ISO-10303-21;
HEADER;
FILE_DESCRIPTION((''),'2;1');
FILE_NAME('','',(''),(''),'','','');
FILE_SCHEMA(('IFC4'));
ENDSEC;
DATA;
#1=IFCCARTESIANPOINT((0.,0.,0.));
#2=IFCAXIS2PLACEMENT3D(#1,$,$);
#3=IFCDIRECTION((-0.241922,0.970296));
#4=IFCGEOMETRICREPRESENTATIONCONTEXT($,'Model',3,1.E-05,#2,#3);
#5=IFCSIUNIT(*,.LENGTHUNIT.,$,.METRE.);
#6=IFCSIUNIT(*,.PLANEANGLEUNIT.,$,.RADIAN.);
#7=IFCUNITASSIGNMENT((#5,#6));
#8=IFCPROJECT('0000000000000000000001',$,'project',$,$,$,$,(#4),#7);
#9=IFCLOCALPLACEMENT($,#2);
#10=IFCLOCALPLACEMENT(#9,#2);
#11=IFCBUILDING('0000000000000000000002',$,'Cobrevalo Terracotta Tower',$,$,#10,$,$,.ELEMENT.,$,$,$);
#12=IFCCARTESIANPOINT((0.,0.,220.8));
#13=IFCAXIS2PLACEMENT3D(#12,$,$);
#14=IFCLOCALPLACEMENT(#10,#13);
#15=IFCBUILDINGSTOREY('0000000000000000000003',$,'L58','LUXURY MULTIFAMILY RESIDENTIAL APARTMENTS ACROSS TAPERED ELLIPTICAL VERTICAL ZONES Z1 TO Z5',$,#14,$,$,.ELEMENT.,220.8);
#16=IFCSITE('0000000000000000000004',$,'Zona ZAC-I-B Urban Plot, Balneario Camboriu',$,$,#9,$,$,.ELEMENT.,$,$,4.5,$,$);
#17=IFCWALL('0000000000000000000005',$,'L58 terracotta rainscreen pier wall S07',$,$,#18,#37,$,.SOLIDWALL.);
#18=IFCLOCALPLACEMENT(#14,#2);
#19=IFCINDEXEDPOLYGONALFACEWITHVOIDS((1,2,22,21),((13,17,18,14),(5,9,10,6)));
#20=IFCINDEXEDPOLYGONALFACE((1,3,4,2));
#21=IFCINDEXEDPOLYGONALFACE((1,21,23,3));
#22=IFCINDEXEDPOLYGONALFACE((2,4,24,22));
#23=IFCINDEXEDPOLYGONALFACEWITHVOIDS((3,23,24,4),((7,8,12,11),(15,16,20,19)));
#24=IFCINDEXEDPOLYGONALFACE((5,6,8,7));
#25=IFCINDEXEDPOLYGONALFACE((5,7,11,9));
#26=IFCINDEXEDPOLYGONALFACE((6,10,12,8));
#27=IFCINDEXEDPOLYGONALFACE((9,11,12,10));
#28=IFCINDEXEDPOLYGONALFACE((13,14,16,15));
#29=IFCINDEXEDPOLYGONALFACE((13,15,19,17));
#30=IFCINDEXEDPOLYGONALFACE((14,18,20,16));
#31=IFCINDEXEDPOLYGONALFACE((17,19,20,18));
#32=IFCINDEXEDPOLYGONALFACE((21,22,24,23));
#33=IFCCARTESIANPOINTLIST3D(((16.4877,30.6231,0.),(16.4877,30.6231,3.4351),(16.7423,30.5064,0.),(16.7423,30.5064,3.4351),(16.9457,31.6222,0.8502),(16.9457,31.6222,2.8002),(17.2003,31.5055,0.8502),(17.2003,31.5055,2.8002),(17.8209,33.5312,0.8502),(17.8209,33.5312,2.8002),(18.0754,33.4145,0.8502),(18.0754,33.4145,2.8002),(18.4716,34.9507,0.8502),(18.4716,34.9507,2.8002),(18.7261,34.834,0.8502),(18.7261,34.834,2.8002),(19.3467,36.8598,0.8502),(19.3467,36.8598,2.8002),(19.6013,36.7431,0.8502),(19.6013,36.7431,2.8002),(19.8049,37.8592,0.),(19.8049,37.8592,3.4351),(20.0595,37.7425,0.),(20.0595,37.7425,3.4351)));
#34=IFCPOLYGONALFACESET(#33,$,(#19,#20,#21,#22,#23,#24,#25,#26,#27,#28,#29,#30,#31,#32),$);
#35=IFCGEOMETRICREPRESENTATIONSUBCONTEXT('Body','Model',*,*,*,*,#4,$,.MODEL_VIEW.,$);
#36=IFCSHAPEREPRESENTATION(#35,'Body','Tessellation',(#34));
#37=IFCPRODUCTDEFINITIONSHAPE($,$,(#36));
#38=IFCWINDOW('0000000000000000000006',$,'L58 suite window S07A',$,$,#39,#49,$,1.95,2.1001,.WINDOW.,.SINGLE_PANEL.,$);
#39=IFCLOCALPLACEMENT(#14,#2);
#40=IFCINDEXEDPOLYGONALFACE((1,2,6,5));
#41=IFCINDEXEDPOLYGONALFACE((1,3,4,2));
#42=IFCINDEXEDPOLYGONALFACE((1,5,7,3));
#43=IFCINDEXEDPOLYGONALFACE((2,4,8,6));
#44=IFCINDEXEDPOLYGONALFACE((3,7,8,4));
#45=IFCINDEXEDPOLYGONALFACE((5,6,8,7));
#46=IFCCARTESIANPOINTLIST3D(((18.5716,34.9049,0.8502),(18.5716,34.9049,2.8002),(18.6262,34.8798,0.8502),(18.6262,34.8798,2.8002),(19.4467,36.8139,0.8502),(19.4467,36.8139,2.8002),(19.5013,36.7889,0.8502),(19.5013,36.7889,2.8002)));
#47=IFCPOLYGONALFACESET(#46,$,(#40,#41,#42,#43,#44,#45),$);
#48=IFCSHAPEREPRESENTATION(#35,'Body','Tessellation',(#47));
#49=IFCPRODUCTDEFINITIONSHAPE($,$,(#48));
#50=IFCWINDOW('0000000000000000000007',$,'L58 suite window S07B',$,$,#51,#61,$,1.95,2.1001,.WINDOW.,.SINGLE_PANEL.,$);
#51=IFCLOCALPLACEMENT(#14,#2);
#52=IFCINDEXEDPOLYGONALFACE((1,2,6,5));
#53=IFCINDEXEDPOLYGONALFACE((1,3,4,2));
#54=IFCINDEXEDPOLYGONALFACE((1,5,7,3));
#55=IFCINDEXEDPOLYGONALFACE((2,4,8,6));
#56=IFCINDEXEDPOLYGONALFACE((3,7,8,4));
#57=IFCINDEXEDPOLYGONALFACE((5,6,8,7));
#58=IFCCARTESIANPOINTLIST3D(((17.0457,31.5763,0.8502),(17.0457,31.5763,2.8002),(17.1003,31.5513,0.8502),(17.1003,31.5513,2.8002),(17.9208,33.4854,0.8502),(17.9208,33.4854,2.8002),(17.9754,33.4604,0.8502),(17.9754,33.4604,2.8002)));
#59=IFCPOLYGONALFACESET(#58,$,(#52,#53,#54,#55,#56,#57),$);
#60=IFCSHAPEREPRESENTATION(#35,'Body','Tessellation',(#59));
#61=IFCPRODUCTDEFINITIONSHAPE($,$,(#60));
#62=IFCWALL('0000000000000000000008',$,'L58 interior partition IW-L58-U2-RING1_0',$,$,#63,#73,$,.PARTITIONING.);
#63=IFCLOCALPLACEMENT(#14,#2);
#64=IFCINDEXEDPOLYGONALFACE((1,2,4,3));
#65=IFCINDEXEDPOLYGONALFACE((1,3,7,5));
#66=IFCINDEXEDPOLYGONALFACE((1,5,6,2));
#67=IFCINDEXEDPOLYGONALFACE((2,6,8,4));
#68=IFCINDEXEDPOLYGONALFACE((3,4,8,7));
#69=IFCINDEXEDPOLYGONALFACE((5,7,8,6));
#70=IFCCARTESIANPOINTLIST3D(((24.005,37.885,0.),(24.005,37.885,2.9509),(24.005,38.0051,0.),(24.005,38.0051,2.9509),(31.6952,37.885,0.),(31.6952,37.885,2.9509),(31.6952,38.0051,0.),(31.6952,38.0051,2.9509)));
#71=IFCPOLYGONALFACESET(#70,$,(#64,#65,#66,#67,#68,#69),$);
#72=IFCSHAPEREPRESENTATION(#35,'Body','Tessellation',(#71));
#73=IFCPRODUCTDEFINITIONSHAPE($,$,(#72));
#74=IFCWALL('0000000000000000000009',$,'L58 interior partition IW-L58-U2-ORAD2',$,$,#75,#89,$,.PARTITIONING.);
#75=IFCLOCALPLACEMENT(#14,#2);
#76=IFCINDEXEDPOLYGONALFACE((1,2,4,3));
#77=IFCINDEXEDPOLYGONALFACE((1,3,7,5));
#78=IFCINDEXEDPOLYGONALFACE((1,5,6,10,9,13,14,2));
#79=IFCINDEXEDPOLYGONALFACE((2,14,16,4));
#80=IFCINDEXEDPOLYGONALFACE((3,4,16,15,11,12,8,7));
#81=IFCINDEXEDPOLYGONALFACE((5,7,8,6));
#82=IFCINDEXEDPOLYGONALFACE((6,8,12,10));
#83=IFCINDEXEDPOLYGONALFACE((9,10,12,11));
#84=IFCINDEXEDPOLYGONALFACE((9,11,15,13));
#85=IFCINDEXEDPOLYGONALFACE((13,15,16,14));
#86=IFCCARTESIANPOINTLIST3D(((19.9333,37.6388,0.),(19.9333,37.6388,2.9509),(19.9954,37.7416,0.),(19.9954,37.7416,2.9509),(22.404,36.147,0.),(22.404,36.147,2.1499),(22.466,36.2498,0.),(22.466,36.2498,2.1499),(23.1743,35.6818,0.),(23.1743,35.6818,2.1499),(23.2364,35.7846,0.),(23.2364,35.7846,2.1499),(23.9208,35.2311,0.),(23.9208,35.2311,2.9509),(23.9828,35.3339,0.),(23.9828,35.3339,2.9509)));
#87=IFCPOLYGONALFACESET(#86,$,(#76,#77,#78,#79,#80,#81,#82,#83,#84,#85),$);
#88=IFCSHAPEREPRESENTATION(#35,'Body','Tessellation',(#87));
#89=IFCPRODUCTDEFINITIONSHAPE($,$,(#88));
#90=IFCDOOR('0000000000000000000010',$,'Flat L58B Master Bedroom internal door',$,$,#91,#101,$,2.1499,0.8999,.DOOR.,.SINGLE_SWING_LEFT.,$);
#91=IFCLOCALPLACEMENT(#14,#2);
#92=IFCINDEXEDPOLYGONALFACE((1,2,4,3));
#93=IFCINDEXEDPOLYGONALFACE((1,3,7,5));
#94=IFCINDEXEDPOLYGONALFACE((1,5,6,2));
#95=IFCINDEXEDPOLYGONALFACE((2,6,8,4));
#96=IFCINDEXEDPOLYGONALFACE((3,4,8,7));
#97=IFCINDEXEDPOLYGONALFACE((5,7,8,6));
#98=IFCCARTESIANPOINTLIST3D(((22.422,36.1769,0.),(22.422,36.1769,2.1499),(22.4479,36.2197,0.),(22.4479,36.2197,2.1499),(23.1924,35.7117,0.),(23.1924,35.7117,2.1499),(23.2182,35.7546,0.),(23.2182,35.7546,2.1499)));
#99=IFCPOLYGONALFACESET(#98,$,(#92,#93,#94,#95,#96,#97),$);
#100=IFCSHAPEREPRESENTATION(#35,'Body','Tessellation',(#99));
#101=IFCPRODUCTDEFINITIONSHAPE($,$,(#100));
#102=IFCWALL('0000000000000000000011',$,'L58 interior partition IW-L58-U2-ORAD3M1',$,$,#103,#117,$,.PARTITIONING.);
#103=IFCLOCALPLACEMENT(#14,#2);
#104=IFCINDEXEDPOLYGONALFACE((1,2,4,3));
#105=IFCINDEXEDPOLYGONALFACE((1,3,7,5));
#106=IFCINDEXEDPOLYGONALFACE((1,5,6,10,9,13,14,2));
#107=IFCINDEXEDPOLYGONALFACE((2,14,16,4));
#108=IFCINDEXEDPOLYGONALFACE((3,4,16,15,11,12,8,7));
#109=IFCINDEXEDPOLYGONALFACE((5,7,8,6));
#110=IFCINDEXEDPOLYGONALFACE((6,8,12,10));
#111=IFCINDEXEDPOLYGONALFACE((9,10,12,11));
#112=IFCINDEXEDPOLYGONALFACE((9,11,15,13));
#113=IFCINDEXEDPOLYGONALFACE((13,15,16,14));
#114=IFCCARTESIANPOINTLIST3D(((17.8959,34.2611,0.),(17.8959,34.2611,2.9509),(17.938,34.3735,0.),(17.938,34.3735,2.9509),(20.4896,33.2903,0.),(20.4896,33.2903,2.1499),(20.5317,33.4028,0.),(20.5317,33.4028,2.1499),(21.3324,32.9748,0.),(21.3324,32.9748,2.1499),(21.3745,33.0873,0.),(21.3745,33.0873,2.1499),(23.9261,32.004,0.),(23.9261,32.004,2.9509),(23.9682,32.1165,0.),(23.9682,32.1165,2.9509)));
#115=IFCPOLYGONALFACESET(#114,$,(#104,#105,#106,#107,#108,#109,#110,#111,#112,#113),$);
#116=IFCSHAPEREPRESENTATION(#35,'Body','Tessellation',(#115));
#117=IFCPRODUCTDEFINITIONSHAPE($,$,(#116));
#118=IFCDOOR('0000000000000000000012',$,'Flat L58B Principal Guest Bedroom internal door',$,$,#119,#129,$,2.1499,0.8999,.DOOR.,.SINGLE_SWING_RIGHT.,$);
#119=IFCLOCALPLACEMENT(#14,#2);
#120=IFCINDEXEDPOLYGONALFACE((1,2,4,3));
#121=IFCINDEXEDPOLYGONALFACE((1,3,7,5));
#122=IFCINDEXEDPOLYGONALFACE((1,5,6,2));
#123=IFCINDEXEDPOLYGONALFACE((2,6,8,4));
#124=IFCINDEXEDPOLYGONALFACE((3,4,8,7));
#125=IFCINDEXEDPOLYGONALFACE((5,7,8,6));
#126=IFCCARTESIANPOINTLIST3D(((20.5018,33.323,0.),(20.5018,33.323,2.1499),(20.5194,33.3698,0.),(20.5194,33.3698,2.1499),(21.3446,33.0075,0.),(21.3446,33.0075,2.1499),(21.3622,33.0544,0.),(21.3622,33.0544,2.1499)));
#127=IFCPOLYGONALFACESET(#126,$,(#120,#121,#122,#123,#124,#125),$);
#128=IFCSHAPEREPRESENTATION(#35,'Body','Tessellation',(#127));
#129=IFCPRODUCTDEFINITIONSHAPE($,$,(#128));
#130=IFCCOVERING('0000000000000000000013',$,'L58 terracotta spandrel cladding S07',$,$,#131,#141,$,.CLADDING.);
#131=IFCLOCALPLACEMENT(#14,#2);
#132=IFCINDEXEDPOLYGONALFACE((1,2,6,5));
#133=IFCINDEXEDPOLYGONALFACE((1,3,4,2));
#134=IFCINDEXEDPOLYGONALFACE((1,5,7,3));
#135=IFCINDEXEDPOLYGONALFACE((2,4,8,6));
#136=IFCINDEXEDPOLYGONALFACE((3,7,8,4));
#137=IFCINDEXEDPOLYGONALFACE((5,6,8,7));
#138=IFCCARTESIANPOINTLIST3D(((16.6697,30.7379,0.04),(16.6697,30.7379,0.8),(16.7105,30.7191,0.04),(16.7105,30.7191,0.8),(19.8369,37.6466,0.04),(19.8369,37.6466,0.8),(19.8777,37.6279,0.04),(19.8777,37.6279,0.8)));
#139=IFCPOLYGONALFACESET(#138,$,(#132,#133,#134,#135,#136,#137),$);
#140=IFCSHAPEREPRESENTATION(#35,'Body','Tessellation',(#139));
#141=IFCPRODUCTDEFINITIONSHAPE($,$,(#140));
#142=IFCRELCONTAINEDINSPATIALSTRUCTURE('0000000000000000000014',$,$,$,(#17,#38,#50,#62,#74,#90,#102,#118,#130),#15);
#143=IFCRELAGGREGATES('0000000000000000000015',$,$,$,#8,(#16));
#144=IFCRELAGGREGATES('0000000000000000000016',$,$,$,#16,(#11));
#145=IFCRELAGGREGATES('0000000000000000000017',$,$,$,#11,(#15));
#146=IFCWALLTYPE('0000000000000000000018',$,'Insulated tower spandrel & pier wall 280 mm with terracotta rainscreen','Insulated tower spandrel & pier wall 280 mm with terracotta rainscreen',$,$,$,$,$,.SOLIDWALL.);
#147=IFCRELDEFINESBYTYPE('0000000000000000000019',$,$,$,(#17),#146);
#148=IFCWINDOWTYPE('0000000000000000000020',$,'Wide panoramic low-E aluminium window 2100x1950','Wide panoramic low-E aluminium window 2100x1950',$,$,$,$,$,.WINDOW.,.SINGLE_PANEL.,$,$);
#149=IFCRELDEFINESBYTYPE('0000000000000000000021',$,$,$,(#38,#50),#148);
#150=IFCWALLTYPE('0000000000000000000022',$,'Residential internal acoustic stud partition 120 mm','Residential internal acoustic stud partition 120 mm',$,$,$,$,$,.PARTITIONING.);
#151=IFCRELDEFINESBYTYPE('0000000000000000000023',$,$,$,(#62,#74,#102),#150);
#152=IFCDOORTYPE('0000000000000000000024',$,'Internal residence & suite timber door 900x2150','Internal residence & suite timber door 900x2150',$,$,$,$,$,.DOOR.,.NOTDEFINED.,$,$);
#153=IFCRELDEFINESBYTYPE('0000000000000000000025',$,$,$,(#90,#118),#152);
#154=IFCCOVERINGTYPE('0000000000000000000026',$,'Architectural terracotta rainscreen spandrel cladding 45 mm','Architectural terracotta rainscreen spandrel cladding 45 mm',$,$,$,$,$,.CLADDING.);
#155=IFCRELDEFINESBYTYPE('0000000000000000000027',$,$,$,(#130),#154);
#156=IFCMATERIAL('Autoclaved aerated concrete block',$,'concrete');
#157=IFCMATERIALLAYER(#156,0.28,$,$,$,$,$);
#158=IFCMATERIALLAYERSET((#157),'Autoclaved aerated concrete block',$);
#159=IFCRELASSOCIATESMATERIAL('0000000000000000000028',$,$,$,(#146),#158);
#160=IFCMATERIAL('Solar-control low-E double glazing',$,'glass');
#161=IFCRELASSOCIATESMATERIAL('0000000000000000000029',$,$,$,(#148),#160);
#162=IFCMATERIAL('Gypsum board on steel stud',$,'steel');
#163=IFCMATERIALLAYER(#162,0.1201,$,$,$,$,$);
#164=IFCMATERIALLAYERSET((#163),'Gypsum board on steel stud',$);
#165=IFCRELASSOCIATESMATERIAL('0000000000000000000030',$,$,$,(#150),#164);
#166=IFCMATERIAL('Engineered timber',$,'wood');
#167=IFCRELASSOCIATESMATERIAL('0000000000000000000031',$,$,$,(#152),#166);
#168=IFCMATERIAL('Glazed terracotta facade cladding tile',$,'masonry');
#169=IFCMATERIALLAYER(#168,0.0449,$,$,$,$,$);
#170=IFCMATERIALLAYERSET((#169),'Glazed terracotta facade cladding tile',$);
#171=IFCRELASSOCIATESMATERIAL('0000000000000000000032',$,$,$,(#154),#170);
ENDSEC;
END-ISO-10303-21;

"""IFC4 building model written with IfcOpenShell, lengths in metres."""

from ifc_helpers import new_model, si_unit, direction, frame, frame_2d, origin, origin_2d, place, context, subcontext, project, spatial, rectangle, extrude, source, transform, mapped, material, layer, layer_set, type_object, element, fill, save


model = new_model("IFC4")

# Units and contexts
model_context = context("Model", 3, precision=1e-05, world=origin(), true_north=direction((-0.241922, 0.970296)))
body_context = subcontext(model_context, "Body", "Model", "MODEL_VIEW")
ifc_project = project(units=[si_unit("LENGTHUNIT", "METRE"), si_unit("PLANEANGLEUNIT", "RADIAN")], contexts=[model_context])

# Site, building, storey
site_placement = place(None, origin())
site = spatial("IfcSite", under=ifc_project, at=site_placement, Name="Zona ZAC-I-B Urban Plot, Balneario Camboriu", CompositionType="ELEMENT", RefElevation=4.5)
building_placement = place(site_placement, origin())
building = spatial("IfcBuilding", under=site, at=building_placement, Name="Cobrevalo Terracotta Tower", CompositionType="ELEMENT")
storey_placement = place(building_placement, frame((0.0, 0.0, 220.8)))
storey = spatial("IfcBuildingStorey", under=building, at=storey_placement, Name="L58", Description="LUXURY MULTIFAMILY RESIDENTIAL APARTMENTS ACROSS TAPERED ELLIPTICAL VERTICAL ZONES Z1 TO Z5", CompositionType="ELEMENT", Elevation=220.8)

# Shared definitions
ifc_material_1 = material(Name="Solar-control low-E double glazing", Category="glass")

# Wall, openings, windows
ifc_material_2 = material(Name="Autoclaved aerated concrete block", Category="concrete")
ifc_layer_1 = layer(ifc_material_2, 0.28)
ifc_layer_set_1 = layer_set([ifc_layer_1], Name="Autoclaved aerated concrete block")
wall_type_1 = type_object("IfcWallType", Name="Insulated tower spandrel & pier wall 280 mm with terracotta rainscreen", Description="Insulated tower spandrel & pier wall 280 mm with terracotta rainscreen", PredefinedType="SOLIDWALL", material=ifc_layer_set_1)
wall_1_placement = place(storey_placement, frame((19.9321, 37.8008, 0.0), z_axis=(0.0, 0.0, 1.0), x_axis=(-0.416717, -0.909036, 0.0)))
wall_1 = element("IfcWall", 1, at=wall_1_placement, inside=storey, type_object=wall_type_1, Name="L58 terracotta rainscreen pier wall S07", PredefinedType="SOLIDWALL", context=body_context, shape_type="SweptSolid", body=[
    extrude(rectangle(XDim=7.9602, YDim=0.28, at=frame_2d((3.98, 0.0))), origin(), (0.0, 0.0, 1.0), 3.4351),
])
opening_1_placement = place(wall_1_placement, frame((1.0994, 0.0, 0.8501)))
opening_1 = element("IfcOpeningElement", 2, at=opening_1_placement, cuts=wall_1, PredefinedType="OPENING", context=body_context, shape_type="SweptSolid", body=[
    extrude(rectangle(XDim=2.1001, YDim=1.95, at=frame_2d((1.05, 0.9751))), frame((0.0, 0.1499, 0.0), z_axis=(0.0, -1.0, 0.0), x_axis=(1.0, 0.0, 0.0)), (0.0, 0.0, 1.0), 0.3),
])
opening_2_placement = place(wall_1_placement, frame((4.761, 0.0, 0.8501)))
opening_2 = element("IfcOpeningElement", 3, at=opening_2_placement, cuts=wall_1, PredefinedType="OPENING", context=body_context, shape_type="SweptSolid", body=[
    extrude(rectangle(XDim=2.1001, YDim=1.95, at=frame_2d((1.05, 0.9751))), frame((0.0, 0.1499, 0.0), z_axis=(0.0, -1.0, 0.0), x_axis=(1.0, 0.0, 0.0)), (0.0, 0.0, 1.0), 0.3),
])
window_type = type_object("IfcWindowType", Name="Wide panoramic low-E aluminium window 2100x1950", Description="Wide panoramic low-E aluminium window 2100x1950", PartitioningType="SINGLE_PANEL", PredefinedType="WINDOW", material=ifc_material_1)
shared_shape_1 = source(origin(), body_context, "Body", "SweptSolid", [
    extrude(rectangle(XDim=2.1001, YDim=1.95, at=frame_2d((1.05, 0.9751))), frame((0.0, 0.03, 0.0), z_axis=(0.0, -1.0, 0.0), x_axis=(1.0, 0.0, 0.0)), (0.0, 0.0, 1.0), 0.0601),
])
window_1_placement = place(opening_1_placement, origin())
window_1 = element("IfcWindow", 4, at=window_1_placement, inside=storey, type_object=window_type, Name="L58 suite window S07A", OverallHeight=1.95, OverallWidth=2.1001, PartitioningType="SINGLE_PANEL", PredefinedType="WINDOW", context=body_context, shape_type="MappedRepresentation", body=[
    mapped(shared_shape_1, transform((0.0, 0.0, 0.0), scale=1.0)),
])
fill(opening_1, window_1)
window_2_placement = place(opening_2_placement, origin())
window_2 = element("IfcWindow", 5, at=window_2_placement, inside=storey, type_object=window_type, Name="L58 suite window S07B", OverallHeight=1.95, OverallWidth=2.1001, PartitioningType="SINGLE_PANEL", PredefinedType="WINDOW", context=body_context, shape_type="MappedRepresentation", body=[
    mapped(shared_shape_1, transform((0.0, 0.0, 0.0), scale=1.0)),
])
fill(opening_2, window_2)

# Wall
ifc_material_3 = material(Name="Gypsum board on steel stud", Category="steel")
ifc_layer_2 = layer(ifc_material_3, 0.1201)
ifc_layer_set_2 = layer_set([ifc_layer_2], Name="Gypsum board on steel stud")
wall_type_2 = type_object("IfcWallType", Name="Residential internal acoustic stud partition 120 mm", Description="Residential internal acoustic stud partition 120 mm", PredefinedType="PARTITIONING", material=ifc_layer_set_2)
wall_2_placement = place(storey_placement, frame((24.0049, 37.9451, 0.0), z_axis=(0.0, 0.0, 1.0), x_axis=(1.0, 0.0, 0.0)))
element("IfcWall", 6, at=wall_2_placement, inside=storey, type_object=wall_type_2, Name="L58 interior partition IW-L58-U2-RING1_0", PredefinedType="PARTITIONING", context=body_context, shape_type="SweptSolid", body=[
    extrude(rectangle(XDim=7.6902, YDim=0.1201, at=frame_2d((3.8452, 0.0))), origin(), (0.0, 0.0, 1.0), 2.9509),
])

# Walls, openings, doors
wall_3_placement = place(storey_placement, frame((23.9519, 35.2825, 0.0), z_axis=(0.0, 0.0, 1.0), x_axis=(-0.856051, 0.516891, 0.0)))
wall_3 = element("IfcWall", 7, at=wall_3_placement, inside=storey, type_object=wall_type_2, Name="L58 interior partition IW-L58-U2-ORAD2", PredefinedType="PARTITIONING", context=body_context, shape_type="SweptSolid", body=[
    extrude(rectangle(XDim=4.658, YDim=0.1201, at=frame_2d((2.3291, 0.0))), origin(), (0.0, 0.0, 1.0), 2.9509),
])
opening_3_placement = place(wall_3_placement, frame((0.8721, 0.0, 0.0)))
opening_3 = element("IfcOpeningElement", 8, at=opening_3_placement, cuts=wall_3, PredefinedType="OPENING", context=body_context, shape_type="SweptSolid", body=[
    extrude(rectangle(XDim=0.8999, YDim=2.1499, at=frame_2d((0.45, 1.075))), frame((0.0, 0.0701, 0.0), z_axis=(0.0, -1.0, 0.0), x_axis=(1.0, 0.0, 0.0)), (0.0, 0.0, 1.0), 0.1401),
])
ifc_material_4 = material(Name="Engineered timber", Category="wood")
door_type = type_object("IfcDoorType", Name="Internal residence & suite timber door 900x2150", Description="Internal residence & suite timber door 900x2150", OperationType="NOTDEFINED", PredefinedType="DOOR", material=ifc_material_4)
shared_shape_2 = source(origin(), body_context, "Body", "SweptSolid", [
    extrude(rectangle(XDim=0.8999, YDim=2.1499, at=frame_2d((0.45, 1.075))), frame((0.0, 0.0249, 0.0), z_axis=(0.0, -1.0, 0.0), x_axis=(1.0, 0.0, 0.0)), (0.0, 0.0, 1.0), 0.05),
])
door_1_placement = place(opening_3_placement, frame((0.8999, 0.0, 0.0), z_axis=(0.0, 0.0, 1.0), x_axis=(-1.0, 0.0, 0.0)))
door_1 = element("IfcDoor", 9, at=door_1_placement, inside=storey, type_object=door_type, Name="Flat L58B Master Bedroom internal door", OperationType="SINGLE_SWING_LEFT", OverallHeight=2.1499, OverallWidth=0.8999, PredefinedType="DOOR", context=body_context, shape_type="MappedRepresentation", body=[
    mapped(shared_shape_2, transform((0.0, 0.0, 0.0), scale=1.0)),
])
fill(opening_3, door_1)
wall_4_placement = place(storey_placement, frame((23.947, 32.0603, 0.0), z_axis=(0.0, 0.0, 1.0), x_axis=(-0.936547, 0.350542, 0.0)))
wall_4 = element("IfcWall", 10, at=wall_4_placement, inside=storey, type_object=wall_type_2, Name="L58 interior partition IW-L58-U2-ORAD3M1", PredefinedType="PARTITIONING", context=body_context, shape_type="SweptSolid", body=[
    extrude(rectangle(XDim=6.4387, YDim=0.1201, at=frame_2d((3.2192, 0.0))), origin(), (0.0, 0.0, 1.0), 2.9509),
])
opening_4_placement = place(wall_4_placement, frame((2.7693, 0.0, 0.0)))
opening_4 = element("IfcOpeningElement", 11, at=opening_4_placement, cuts=wall_4, PredefinedType="OPENING", context=body_context, shape_type="SweptSolid", body=[
    extrude(rectangle(XDim=0.8999, YDim=2.1499, at=frame_2d((0.45, 1.075))), frame((0.0, 0.0701, 0.0), z_axis=(0.0, -1.0, 0.0), x_axis=(1.0, 0.0, 0.0)), (0.0, 0.0, 1.0), 0.1401),
])
door_2_placement = place(opening_4_placement, frame((0.8999, 0.0, 0.0), z_axis=(0.0, 0.0, 1.0), x_axis=(-1.0, 0.0, 0.0)))
door_2 = element("IfcDoor", 12, at=door_2_placement, inside=storey, type_object=door_type, Name="Flat L58B Principal Guest Bedroom internal door", OperationType="SINGLE_SWING_RIGHT", OverallHeight=2.1499, OverallWidth=0.8999, PredefinedType="DOOR", context=body_context, shape_type="MappedRepresentation", body=[
    mapped(shared_shape_2, transform((0.0, 0.0, 0.0), scale=1.0)),
])
fill(opening_4, door_2)

# Covering
ifc_material_5 = material(Name="Glazed terracotta facade cladding tile", Category="masonry")
ifc_layer_3 = layer(ifc_material_5, 0.0449)
ifc_layer_set_3 = layer_set([ifc_layer_3], Name="Glazed terracotta facade cladding tile")
covering_type = type_object("IfcCoveringType", Name="Architectural terracotta rainscreen spandrel cladding 45 mm", Description="Architectural terracotta rainscreen spandrel cladding 45 mm", PredefinedType="CLADDING", material=ifc_layer_set_3)
shared_shape_3 = source(origin(), body_context, "Body", "SweptSolid", [
    extrude(rectangle(XDim=7.6001, YDim=0.0449, at=origin_2d()), origin(), (0.0, 0.0, 1.0), 0.76),
])
covering_placement = place(storey_placement, frame((18.2737, 34.1829, 0.04), z_axis=(0.0, 0.0, 1.0), x_axis=(-0.416731, -0.90903, 0.0)))
element("IfcCovering", 13, at=covering_placement, inside=storey, type_object=covering_type, Name="L58 terracotta spandrel cladding S07", PredefinedType="CLADDING", context=body_context, shape_type="MappedRepresentation", body=[
    mapped(shared_shape_3, transform((0.0, 0.0, 0.0), scale=1.0)),
])

save(model, "model.ifc")
